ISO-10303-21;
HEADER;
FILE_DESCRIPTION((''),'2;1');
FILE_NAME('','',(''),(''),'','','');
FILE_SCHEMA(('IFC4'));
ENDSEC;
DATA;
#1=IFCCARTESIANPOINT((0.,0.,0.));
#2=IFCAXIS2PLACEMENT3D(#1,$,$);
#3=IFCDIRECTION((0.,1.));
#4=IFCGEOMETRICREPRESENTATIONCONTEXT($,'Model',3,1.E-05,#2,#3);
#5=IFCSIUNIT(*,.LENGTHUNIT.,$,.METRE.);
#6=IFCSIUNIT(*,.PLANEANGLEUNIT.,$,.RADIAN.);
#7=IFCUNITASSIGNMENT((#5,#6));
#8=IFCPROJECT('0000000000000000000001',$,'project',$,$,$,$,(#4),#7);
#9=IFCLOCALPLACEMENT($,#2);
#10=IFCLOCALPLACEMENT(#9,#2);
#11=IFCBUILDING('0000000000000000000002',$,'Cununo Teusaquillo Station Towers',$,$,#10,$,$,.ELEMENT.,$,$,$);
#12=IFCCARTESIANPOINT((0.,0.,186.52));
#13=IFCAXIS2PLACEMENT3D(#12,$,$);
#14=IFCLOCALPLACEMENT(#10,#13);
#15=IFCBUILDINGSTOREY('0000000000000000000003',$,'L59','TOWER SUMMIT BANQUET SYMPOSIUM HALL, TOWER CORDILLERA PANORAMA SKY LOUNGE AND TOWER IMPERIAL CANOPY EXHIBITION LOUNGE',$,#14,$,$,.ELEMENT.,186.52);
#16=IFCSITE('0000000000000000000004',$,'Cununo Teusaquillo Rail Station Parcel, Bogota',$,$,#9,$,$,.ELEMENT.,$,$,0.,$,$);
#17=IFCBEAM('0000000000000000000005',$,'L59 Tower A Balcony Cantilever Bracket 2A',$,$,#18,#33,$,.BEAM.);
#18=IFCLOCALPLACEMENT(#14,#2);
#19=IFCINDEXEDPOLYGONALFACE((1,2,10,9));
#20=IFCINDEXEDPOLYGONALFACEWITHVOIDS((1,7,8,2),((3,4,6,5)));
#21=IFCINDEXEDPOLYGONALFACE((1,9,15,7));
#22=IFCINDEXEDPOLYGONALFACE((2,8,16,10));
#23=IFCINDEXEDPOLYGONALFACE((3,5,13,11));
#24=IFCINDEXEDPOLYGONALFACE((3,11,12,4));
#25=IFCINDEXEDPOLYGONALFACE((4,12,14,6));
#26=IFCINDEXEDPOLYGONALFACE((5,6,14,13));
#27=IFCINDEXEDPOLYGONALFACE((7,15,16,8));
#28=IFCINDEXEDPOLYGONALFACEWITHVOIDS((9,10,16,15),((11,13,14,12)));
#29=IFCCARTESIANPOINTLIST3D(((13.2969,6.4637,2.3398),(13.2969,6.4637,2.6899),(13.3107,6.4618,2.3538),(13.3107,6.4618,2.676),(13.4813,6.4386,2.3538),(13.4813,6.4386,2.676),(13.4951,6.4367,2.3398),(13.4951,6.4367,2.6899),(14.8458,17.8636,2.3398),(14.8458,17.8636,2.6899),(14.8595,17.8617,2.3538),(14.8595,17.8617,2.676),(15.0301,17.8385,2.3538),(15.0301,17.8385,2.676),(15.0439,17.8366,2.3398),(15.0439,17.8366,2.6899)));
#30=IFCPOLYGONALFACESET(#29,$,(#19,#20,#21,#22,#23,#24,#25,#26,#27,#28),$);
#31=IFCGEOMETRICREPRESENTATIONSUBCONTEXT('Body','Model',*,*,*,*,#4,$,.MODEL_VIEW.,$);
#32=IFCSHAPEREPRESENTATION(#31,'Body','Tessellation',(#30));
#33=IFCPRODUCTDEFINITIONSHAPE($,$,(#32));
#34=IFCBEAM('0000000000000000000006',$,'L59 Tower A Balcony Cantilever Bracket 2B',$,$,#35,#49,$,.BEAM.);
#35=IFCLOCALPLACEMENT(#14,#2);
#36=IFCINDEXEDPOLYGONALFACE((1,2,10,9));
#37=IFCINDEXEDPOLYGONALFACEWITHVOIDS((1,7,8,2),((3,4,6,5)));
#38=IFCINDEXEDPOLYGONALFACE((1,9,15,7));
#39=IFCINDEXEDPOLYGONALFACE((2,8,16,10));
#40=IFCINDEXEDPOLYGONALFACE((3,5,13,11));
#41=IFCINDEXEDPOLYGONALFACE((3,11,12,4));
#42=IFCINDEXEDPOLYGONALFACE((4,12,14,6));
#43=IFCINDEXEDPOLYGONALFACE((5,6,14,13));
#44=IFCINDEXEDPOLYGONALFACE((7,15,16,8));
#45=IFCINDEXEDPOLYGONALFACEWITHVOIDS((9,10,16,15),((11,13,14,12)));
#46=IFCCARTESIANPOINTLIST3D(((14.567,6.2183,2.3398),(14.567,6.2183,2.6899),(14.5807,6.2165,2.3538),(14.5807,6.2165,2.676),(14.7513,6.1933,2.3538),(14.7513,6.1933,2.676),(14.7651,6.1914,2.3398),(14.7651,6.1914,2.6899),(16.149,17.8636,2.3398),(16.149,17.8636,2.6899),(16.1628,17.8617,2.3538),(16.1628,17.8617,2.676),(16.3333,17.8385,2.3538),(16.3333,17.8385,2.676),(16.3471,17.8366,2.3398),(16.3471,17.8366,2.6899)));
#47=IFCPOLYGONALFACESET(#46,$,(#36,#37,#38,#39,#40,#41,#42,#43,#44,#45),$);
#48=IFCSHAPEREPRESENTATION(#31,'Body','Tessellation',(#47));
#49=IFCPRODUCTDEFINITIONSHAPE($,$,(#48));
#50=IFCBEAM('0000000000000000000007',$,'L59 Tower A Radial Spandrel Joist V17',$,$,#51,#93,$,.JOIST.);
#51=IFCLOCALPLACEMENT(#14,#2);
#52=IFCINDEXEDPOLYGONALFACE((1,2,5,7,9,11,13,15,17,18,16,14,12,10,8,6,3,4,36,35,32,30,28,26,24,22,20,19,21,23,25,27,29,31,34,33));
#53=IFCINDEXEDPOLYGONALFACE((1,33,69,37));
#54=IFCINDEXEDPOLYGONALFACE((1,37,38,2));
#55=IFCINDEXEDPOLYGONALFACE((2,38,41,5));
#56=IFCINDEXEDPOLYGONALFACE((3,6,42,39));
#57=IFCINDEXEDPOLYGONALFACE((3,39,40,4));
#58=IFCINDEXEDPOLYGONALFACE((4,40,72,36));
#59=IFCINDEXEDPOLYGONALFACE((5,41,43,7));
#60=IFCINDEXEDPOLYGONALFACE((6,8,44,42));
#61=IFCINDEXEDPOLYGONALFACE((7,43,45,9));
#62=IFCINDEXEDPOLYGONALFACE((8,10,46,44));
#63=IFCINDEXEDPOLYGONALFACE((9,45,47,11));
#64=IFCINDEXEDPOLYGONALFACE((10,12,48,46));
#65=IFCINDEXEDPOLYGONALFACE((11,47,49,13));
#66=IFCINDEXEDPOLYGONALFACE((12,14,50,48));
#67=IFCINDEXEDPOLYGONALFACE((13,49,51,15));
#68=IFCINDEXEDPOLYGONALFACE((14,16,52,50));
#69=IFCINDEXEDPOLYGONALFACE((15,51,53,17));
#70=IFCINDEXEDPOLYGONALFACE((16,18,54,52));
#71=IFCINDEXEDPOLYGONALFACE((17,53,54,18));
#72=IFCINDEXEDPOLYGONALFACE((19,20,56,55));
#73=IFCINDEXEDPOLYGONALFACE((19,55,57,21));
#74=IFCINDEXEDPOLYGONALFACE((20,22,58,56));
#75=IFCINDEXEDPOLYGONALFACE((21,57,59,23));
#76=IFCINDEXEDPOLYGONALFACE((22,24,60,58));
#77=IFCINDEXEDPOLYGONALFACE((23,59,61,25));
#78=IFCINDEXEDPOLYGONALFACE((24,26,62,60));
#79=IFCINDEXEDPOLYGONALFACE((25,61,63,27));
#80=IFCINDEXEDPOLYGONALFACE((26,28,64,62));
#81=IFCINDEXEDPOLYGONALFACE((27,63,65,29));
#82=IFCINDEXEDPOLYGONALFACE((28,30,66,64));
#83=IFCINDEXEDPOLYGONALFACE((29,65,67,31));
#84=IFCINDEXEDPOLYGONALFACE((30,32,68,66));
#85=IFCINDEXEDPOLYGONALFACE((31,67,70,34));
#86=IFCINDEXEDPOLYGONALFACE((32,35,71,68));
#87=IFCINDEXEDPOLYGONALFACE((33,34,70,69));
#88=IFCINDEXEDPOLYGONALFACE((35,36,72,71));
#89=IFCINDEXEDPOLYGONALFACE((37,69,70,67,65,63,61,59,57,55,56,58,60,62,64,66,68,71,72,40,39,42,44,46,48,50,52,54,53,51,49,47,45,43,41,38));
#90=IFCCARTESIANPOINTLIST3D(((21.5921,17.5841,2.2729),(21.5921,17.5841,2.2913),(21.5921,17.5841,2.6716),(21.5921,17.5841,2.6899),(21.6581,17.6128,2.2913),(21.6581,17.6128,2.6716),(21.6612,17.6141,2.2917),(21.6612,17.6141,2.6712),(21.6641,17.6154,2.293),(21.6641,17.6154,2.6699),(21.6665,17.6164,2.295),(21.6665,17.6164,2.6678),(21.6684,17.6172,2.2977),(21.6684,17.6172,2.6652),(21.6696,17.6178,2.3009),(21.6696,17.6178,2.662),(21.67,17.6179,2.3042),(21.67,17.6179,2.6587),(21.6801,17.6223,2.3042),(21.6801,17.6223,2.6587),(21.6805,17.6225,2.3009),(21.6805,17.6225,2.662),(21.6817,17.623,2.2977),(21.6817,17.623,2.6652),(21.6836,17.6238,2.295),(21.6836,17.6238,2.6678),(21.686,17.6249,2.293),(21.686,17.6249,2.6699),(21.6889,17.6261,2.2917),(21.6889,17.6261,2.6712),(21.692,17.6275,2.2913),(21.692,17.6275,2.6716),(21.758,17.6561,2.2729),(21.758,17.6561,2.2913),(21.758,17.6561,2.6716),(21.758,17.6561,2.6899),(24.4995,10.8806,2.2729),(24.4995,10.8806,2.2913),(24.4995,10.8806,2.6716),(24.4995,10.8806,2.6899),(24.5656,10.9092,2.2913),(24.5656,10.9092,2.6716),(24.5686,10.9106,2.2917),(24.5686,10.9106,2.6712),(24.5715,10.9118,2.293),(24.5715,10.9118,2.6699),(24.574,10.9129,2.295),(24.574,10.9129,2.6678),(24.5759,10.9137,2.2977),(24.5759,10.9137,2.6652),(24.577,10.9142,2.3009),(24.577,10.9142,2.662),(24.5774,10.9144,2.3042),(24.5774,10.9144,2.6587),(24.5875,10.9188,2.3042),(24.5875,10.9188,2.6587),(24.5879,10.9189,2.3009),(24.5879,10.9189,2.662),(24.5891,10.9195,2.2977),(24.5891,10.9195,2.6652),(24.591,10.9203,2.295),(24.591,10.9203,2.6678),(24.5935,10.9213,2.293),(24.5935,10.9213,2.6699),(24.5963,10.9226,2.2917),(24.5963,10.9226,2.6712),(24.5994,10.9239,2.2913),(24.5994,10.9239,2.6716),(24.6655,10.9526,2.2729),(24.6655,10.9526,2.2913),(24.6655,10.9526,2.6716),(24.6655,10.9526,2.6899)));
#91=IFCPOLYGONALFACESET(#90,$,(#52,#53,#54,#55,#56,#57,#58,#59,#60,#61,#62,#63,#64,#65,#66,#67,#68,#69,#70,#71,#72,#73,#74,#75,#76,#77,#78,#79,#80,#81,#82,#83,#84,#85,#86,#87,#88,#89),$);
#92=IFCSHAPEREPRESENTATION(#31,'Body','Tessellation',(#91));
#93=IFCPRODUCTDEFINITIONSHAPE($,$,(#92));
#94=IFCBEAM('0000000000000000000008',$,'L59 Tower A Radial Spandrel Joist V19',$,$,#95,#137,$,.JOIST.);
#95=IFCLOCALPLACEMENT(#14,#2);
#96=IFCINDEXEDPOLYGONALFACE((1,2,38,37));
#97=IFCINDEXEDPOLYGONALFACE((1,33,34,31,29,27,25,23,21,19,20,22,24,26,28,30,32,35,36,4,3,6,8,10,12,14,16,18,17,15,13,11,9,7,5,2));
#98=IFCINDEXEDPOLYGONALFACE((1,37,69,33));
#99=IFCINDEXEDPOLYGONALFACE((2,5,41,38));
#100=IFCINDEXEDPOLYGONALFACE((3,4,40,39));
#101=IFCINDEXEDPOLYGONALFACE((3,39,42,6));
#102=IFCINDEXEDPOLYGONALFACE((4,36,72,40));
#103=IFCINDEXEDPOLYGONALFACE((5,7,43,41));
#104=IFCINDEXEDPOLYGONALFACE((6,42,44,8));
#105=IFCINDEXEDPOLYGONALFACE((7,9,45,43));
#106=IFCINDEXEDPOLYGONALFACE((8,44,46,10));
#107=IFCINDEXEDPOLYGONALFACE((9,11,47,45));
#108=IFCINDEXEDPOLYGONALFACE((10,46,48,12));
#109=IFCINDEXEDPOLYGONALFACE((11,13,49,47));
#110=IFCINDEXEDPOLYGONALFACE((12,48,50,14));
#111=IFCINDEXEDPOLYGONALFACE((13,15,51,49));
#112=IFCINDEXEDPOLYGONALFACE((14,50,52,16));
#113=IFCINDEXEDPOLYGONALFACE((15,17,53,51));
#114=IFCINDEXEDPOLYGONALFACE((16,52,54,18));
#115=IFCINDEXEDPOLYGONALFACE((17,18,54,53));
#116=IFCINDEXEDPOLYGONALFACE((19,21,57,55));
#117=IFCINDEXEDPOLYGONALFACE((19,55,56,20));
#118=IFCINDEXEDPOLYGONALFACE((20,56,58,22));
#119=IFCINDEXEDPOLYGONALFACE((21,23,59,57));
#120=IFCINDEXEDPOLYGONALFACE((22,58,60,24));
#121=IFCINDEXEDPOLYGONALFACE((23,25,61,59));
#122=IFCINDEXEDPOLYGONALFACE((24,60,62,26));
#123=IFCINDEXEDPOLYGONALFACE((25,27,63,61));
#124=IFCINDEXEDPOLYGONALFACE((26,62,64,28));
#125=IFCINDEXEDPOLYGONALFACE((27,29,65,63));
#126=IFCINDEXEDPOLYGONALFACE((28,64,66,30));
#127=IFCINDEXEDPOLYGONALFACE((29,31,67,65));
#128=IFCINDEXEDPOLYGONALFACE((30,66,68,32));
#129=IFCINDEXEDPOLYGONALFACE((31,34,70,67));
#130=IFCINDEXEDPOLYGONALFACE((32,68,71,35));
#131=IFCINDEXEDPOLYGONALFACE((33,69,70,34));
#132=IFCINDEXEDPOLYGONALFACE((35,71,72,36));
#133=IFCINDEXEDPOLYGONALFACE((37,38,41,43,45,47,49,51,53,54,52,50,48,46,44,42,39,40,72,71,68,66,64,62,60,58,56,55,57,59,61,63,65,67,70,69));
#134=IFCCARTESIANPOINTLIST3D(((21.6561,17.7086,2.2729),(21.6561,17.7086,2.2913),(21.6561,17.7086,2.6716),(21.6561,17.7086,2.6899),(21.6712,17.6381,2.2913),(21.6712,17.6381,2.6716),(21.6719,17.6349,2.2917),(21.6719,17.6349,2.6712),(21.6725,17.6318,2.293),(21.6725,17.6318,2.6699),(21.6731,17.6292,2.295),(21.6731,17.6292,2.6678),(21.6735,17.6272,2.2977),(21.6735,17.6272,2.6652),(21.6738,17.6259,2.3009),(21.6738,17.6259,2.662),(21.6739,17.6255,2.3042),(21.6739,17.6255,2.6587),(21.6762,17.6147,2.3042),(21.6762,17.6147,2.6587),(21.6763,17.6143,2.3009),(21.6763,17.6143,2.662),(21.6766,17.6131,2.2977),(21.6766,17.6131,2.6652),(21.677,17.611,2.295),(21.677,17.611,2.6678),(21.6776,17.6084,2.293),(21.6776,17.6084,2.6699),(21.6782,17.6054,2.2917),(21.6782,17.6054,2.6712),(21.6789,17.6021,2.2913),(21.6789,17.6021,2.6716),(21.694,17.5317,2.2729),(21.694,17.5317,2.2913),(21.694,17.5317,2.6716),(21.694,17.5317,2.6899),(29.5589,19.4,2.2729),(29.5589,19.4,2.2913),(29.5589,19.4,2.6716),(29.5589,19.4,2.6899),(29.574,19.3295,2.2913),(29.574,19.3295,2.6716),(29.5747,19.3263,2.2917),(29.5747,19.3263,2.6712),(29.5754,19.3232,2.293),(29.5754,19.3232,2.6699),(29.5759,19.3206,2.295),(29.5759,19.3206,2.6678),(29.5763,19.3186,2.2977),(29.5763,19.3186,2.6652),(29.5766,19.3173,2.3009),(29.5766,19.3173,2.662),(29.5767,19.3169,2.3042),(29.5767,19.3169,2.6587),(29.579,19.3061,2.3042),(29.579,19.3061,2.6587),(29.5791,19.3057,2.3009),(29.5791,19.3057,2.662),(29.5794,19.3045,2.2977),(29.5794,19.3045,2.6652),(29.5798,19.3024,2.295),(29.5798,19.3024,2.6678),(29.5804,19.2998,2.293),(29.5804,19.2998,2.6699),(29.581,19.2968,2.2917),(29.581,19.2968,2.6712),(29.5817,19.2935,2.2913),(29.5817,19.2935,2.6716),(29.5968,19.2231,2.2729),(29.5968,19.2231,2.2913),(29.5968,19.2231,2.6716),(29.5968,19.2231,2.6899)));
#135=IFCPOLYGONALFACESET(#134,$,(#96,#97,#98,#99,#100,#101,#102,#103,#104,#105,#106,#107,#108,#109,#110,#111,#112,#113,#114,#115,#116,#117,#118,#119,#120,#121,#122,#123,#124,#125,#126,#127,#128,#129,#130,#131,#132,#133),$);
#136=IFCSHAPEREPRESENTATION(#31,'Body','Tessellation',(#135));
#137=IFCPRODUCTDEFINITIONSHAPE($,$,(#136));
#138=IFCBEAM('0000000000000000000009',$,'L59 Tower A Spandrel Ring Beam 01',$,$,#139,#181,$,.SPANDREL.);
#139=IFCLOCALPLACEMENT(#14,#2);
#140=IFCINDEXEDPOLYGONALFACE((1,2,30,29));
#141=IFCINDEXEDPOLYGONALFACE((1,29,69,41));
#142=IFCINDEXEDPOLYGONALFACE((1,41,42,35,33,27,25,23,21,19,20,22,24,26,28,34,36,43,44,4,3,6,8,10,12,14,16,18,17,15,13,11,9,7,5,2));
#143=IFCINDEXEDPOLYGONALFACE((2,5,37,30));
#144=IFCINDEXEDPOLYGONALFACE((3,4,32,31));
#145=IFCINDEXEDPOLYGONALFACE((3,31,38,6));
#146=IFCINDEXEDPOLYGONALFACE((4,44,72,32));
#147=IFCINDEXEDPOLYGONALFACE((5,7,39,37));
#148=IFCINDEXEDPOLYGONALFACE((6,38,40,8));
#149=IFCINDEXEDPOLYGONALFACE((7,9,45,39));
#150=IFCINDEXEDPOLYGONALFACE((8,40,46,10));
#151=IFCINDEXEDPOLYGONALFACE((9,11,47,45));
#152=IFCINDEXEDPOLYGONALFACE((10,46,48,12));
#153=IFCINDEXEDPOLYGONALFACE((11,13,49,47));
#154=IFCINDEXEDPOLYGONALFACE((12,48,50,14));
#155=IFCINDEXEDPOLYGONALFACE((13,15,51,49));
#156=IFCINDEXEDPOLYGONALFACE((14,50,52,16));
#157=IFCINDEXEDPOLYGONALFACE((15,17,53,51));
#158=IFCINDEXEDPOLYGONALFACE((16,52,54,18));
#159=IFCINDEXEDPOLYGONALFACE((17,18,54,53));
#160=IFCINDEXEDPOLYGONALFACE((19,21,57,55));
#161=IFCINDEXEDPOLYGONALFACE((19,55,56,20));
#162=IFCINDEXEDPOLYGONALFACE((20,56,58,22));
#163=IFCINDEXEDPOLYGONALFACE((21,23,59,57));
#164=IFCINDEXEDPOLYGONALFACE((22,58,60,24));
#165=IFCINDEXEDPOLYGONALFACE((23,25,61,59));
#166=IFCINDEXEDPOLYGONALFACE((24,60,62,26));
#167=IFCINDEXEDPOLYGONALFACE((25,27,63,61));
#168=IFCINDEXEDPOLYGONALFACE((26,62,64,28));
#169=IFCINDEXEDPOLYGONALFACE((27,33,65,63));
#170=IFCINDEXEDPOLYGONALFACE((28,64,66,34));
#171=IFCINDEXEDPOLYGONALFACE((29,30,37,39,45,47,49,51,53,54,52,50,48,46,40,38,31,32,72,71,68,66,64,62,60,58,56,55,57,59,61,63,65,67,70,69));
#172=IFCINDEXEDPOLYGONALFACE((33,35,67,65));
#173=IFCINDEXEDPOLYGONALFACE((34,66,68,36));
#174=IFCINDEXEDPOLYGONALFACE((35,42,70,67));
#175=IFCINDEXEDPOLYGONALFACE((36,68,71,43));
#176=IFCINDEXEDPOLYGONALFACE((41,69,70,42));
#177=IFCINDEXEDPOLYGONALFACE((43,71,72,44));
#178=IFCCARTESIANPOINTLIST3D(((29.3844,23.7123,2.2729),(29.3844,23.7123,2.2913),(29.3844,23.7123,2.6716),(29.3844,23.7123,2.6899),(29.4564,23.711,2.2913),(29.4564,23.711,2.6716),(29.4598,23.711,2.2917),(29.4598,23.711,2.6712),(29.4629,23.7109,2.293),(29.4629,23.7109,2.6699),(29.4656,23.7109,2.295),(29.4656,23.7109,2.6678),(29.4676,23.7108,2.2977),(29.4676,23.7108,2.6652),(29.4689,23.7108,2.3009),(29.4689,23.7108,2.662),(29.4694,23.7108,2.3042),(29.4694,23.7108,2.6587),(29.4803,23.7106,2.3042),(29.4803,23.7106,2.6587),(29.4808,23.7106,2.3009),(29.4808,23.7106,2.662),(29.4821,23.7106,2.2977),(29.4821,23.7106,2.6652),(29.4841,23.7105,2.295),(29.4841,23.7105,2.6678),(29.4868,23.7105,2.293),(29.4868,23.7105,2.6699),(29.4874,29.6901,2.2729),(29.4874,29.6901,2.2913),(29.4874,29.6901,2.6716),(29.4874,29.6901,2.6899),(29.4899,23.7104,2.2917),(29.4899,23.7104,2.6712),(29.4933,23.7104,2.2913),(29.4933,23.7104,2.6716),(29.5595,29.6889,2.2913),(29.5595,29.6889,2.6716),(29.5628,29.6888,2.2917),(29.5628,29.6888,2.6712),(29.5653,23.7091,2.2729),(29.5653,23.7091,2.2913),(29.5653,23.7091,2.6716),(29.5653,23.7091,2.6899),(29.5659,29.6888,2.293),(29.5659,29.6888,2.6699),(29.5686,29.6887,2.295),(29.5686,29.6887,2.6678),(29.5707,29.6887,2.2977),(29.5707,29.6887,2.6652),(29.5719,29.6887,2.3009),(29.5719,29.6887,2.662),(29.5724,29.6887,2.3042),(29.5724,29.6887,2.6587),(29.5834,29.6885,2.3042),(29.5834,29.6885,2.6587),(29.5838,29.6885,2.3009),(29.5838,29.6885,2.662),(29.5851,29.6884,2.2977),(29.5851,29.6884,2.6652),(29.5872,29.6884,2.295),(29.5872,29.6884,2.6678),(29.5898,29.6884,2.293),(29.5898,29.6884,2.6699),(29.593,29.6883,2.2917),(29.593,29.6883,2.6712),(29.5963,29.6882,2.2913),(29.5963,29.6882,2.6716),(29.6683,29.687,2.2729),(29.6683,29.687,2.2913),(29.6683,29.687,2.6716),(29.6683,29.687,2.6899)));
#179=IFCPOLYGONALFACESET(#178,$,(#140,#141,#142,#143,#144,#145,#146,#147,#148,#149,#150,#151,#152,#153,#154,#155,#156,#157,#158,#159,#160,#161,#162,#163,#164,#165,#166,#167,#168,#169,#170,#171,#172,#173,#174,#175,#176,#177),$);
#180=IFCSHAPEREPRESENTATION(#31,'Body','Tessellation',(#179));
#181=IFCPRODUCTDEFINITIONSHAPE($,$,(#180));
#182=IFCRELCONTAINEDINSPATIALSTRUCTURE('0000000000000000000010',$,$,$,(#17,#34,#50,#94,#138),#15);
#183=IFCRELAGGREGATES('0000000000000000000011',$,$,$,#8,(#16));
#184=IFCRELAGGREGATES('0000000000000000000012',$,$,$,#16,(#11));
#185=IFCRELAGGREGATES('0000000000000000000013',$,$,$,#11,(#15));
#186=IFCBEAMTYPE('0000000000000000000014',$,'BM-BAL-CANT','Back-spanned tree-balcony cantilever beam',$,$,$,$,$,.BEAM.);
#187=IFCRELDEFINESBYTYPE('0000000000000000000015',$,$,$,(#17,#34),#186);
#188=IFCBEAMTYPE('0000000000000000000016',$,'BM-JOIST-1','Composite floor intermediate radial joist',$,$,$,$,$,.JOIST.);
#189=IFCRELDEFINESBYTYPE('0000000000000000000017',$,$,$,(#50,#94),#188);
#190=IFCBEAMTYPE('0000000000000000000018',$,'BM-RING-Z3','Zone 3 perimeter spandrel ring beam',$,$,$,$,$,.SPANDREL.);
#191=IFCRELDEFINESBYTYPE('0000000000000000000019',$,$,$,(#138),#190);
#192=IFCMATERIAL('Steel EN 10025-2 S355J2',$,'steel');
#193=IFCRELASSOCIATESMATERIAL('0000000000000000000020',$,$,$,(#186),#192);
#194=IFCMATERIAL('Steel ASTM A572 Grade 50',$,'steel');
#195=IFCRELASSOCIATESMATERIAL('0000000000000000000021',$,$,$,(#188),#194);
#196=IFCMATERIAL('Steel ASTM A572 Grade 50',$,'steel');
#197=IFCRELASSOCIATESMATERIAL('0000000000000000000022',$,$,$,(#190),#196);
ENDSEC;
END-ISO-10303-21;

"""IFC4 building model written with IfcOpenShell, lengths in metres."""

from ifc_helpers import new_model, si_unit, direction, frame, origin, origin_2d, place, context, subcontext, project, spatial, hollow_rectangle, i_section, extrude, material, material_profile, profile_set, type_object, element, save


model = new_model("IFC4")

# Units and contexts
model_context = context("Model", 3, precision=1e-05, world=origin(), true_north=direction((0.0, 1.0)))
body_context = subcontext(model_context, "Body", "Model", "MODEL_VIEW")
ifc_project = project(units=[si_unit("LENGTHUNIT", "METRE"), si_unit("PLANEANGLEUNIT", "RADIAN")], contexts=[model_context])

# Site, building, storey
site_placement = place(None, origin())
site = spatial("IfcSite", under=ifc_project, at=site_placement, Name="Cununo Teusaquillo Rail Station Parcel, Bogota", CompositionType="ELEMENT", RefElevation=0.0)
building_placement = place(site_placement, origin())
building = spatial("IfcBuilding", under=site, at=building_placement, Name="Cununo Teusaquillo Station Towers", CompositionType="ELEMENT")
storey_placement = place(building_placement, frame((0.0, 0.0, 186.52)))
storey = spatial("IfcBuildingStorey", under=building, at=storey_placement, Name="L59", Description="TOWER SUMMIT BANQUET SYMPOSIUM HALL, TOWER CORDILLERA PANORAMA SKY LOUNGE AND TOWER IMPERIAL CANOPY EXHIBITION LOUNGE", CompositionType="ELEMENT", Elevation=186.52)

# Beams
ifc_material_1 = material(Name="Steel EN 10025-2 S355J2", Category="steel")
ifc_material_profile_1 = material_profile(ifc_material_1, hollow_rectangle(XDim=0.2, YDim=0.3501, WallThickness=0.0139, at=origin_2d()), Name="RHS 350x200x14")
ifc_profile_set_1 = profile_set([ifc_material_profile_1], Name="Steel EN 10025-2 S355J2")
beam_type_1 = type_object("IfcBeamType", Name="BM-BAL-CANT", Description="Back-spanned tree-balcony cantilever beam", PredefinedType="BEAM", material=ifc_profile_set_1)
beam_1_placement = place(storey_placement, frame((14.9448, 17.8501, 2.5149), z_axis=(-0.134626, -0.990896, 0.0), x_axis=(0.990896, -0.134626, 0.0)))
element("IfcBeam", 1, at=beam_1_placement, inside=storey, type_object=beam_type_1, Name="L59 Tower A Balcony Cantilever Bracket 2A", PredefinedType="BEAM", context=body_context, shape_type="SweptSolid", body=[
    extrude(hollow_rectangle(XDim=0.2, YDim=0.3501, WallThickness=0.0139, at=origin_2d()), origin(), (0.0, 0.0, 1.0), 11.5046),
])
beam_2_placement = place(storey_placement, frame((16.248, 17.8501, 2.5149), z_axis=(-0.134615, -0.990898, 0.0), x_axis=(0.990898, -0.134615, 0.0)))
element("IfcBeam", 2, at=beam_2_placement, inside=storey, type_object=beam_type_1, Name="L59 Tower A Balcony Cantilever Bracket 2B", PredefinedType="BEAM", context=body_context, shape_type="SweptSolid", body=[
    extrude(hollow_rectangle(XDim=0.2, YDim=0.3501, WallThickness=0.0139, at=origin_2d()), origin(), (0.0, 0.0, 1.0), 11.7522),
])
ifc_material_2 = material(Name="Steel ASTM A572 Grade 50", Category="steel")
ifc_material_profile_2 = material_profile(ifc_material_2, i_section(OverallWidth=0.1809, OverallDepth=0.417, WebThickness=0.011, FlangeThickness=0.0183, FilletRadius=0.0129, at=origin_2d()), Name="W16X57")
ifc_profile_set_2 = profile_set([ifc_material_profile_2], Name="Steel ASTM A572 Grade 50")
beam_type_2 = type_object("IfcBeamType", Name="BM-JOIST-1", Description="Composite floor intermediate radial joist", PredefinedType="JOIST", material=ifc_profile_set_2)
beam_3_placement = place(storey_placement, frame((21.675, 17.6201, 2.4814), z_axis=(0.397904, -0.917427, 0.0), x_axis=(0.917427, 0.397904, 0.0)))
element("IfcBeam", 3, at=beam_3_placement, inside=storey, type_object=beam_type_2, Name="L59 Tower A Radial Spandrel Joist V17", PredefinedType="JOIST", context=body_context, shape_type="SweptSolid", body=[
    extrude(i_section(OverallWidth=0.1809, OverallDepth=0.417, WebThickness=0.011, FlangeThickness=0.0183, FilletRadius=0.0129, at=origin_2d()), origin(), (0.0, 0.0, 1.0), 7.3069),
])
beam_4_placement = place(storey_placement, frame((21.675, 17.6201, 2.4814), z_axis=(0.977855, 0.209286, 0.0), x_axis=(-0.209286, 0.977855, 0.0)))
element("IfcBeam", 4, at=beam_4_placement, inside=storey, type_object=beam_type_2, Name="L59 Tower A Radial Spandrel Joist V19", PredefinedType="JOIST", context=body_context, shape_type="SweptSolid", body=[
    extrude(i_section(OverallWidth=0.1809, OverallDepth=0.417, WebThickness=0.011, FlangeThickness=0.0183, FilletRadius=0.0129, at=origin_2d()), origin(), (0.0, 0.0, 1.0), 8.0818),
])
ifc_material_3 = material(Name="Steel ASTM A572 Grade 50", Category="steel")
ifc_material_profile_3 = material_profile(ifc_material_3, i_section(OverallWidth=0.1809, OverallDepth=0.417, WebThickness=0.011, FlangeThickness=0.0183, FilletRadius=0.0129, at=origin_2d()), Name="W16X57")
ifc_profile_set_3 = profile_set([ifc_material_profile_3], Name="Steel ASTM A572 Grade 50")
beam_type_3 = type_object("IfcBeamType", Name="BM-RING-Z3", Description="Zone 3 perimeter spandrel ring beam", PredefinedType="SPANDREL", material=ifc_profile_set_3)
beam_5_placement = place(storey_placement, frame((29.4749, 23.7107, 2.4814), z_axis=(0.017232, 0.999852, 0.0), x_axis=(-0.999852, 0.017232, 0.0)))
element("IfcBeam", 5, at=beam_5_placement, inside=storey, type_object=beam_type_3, Name="L59 Tower A Spandrel Ring Beam 01", PredefinedType="SPANDREL", context=body_context, shape_type="SweptSolid", body=[
    extrude(i_section(OverallWidth=0.1809, OverallDepth=0.417, WebThickness=0.011, FlangeThickness=0.0183, FilletRadius=0.0129, at=origin_2d()), origin(), (0.0, 0.0, 1.0), 5.9788),
])

save(model, "model.ifc")
